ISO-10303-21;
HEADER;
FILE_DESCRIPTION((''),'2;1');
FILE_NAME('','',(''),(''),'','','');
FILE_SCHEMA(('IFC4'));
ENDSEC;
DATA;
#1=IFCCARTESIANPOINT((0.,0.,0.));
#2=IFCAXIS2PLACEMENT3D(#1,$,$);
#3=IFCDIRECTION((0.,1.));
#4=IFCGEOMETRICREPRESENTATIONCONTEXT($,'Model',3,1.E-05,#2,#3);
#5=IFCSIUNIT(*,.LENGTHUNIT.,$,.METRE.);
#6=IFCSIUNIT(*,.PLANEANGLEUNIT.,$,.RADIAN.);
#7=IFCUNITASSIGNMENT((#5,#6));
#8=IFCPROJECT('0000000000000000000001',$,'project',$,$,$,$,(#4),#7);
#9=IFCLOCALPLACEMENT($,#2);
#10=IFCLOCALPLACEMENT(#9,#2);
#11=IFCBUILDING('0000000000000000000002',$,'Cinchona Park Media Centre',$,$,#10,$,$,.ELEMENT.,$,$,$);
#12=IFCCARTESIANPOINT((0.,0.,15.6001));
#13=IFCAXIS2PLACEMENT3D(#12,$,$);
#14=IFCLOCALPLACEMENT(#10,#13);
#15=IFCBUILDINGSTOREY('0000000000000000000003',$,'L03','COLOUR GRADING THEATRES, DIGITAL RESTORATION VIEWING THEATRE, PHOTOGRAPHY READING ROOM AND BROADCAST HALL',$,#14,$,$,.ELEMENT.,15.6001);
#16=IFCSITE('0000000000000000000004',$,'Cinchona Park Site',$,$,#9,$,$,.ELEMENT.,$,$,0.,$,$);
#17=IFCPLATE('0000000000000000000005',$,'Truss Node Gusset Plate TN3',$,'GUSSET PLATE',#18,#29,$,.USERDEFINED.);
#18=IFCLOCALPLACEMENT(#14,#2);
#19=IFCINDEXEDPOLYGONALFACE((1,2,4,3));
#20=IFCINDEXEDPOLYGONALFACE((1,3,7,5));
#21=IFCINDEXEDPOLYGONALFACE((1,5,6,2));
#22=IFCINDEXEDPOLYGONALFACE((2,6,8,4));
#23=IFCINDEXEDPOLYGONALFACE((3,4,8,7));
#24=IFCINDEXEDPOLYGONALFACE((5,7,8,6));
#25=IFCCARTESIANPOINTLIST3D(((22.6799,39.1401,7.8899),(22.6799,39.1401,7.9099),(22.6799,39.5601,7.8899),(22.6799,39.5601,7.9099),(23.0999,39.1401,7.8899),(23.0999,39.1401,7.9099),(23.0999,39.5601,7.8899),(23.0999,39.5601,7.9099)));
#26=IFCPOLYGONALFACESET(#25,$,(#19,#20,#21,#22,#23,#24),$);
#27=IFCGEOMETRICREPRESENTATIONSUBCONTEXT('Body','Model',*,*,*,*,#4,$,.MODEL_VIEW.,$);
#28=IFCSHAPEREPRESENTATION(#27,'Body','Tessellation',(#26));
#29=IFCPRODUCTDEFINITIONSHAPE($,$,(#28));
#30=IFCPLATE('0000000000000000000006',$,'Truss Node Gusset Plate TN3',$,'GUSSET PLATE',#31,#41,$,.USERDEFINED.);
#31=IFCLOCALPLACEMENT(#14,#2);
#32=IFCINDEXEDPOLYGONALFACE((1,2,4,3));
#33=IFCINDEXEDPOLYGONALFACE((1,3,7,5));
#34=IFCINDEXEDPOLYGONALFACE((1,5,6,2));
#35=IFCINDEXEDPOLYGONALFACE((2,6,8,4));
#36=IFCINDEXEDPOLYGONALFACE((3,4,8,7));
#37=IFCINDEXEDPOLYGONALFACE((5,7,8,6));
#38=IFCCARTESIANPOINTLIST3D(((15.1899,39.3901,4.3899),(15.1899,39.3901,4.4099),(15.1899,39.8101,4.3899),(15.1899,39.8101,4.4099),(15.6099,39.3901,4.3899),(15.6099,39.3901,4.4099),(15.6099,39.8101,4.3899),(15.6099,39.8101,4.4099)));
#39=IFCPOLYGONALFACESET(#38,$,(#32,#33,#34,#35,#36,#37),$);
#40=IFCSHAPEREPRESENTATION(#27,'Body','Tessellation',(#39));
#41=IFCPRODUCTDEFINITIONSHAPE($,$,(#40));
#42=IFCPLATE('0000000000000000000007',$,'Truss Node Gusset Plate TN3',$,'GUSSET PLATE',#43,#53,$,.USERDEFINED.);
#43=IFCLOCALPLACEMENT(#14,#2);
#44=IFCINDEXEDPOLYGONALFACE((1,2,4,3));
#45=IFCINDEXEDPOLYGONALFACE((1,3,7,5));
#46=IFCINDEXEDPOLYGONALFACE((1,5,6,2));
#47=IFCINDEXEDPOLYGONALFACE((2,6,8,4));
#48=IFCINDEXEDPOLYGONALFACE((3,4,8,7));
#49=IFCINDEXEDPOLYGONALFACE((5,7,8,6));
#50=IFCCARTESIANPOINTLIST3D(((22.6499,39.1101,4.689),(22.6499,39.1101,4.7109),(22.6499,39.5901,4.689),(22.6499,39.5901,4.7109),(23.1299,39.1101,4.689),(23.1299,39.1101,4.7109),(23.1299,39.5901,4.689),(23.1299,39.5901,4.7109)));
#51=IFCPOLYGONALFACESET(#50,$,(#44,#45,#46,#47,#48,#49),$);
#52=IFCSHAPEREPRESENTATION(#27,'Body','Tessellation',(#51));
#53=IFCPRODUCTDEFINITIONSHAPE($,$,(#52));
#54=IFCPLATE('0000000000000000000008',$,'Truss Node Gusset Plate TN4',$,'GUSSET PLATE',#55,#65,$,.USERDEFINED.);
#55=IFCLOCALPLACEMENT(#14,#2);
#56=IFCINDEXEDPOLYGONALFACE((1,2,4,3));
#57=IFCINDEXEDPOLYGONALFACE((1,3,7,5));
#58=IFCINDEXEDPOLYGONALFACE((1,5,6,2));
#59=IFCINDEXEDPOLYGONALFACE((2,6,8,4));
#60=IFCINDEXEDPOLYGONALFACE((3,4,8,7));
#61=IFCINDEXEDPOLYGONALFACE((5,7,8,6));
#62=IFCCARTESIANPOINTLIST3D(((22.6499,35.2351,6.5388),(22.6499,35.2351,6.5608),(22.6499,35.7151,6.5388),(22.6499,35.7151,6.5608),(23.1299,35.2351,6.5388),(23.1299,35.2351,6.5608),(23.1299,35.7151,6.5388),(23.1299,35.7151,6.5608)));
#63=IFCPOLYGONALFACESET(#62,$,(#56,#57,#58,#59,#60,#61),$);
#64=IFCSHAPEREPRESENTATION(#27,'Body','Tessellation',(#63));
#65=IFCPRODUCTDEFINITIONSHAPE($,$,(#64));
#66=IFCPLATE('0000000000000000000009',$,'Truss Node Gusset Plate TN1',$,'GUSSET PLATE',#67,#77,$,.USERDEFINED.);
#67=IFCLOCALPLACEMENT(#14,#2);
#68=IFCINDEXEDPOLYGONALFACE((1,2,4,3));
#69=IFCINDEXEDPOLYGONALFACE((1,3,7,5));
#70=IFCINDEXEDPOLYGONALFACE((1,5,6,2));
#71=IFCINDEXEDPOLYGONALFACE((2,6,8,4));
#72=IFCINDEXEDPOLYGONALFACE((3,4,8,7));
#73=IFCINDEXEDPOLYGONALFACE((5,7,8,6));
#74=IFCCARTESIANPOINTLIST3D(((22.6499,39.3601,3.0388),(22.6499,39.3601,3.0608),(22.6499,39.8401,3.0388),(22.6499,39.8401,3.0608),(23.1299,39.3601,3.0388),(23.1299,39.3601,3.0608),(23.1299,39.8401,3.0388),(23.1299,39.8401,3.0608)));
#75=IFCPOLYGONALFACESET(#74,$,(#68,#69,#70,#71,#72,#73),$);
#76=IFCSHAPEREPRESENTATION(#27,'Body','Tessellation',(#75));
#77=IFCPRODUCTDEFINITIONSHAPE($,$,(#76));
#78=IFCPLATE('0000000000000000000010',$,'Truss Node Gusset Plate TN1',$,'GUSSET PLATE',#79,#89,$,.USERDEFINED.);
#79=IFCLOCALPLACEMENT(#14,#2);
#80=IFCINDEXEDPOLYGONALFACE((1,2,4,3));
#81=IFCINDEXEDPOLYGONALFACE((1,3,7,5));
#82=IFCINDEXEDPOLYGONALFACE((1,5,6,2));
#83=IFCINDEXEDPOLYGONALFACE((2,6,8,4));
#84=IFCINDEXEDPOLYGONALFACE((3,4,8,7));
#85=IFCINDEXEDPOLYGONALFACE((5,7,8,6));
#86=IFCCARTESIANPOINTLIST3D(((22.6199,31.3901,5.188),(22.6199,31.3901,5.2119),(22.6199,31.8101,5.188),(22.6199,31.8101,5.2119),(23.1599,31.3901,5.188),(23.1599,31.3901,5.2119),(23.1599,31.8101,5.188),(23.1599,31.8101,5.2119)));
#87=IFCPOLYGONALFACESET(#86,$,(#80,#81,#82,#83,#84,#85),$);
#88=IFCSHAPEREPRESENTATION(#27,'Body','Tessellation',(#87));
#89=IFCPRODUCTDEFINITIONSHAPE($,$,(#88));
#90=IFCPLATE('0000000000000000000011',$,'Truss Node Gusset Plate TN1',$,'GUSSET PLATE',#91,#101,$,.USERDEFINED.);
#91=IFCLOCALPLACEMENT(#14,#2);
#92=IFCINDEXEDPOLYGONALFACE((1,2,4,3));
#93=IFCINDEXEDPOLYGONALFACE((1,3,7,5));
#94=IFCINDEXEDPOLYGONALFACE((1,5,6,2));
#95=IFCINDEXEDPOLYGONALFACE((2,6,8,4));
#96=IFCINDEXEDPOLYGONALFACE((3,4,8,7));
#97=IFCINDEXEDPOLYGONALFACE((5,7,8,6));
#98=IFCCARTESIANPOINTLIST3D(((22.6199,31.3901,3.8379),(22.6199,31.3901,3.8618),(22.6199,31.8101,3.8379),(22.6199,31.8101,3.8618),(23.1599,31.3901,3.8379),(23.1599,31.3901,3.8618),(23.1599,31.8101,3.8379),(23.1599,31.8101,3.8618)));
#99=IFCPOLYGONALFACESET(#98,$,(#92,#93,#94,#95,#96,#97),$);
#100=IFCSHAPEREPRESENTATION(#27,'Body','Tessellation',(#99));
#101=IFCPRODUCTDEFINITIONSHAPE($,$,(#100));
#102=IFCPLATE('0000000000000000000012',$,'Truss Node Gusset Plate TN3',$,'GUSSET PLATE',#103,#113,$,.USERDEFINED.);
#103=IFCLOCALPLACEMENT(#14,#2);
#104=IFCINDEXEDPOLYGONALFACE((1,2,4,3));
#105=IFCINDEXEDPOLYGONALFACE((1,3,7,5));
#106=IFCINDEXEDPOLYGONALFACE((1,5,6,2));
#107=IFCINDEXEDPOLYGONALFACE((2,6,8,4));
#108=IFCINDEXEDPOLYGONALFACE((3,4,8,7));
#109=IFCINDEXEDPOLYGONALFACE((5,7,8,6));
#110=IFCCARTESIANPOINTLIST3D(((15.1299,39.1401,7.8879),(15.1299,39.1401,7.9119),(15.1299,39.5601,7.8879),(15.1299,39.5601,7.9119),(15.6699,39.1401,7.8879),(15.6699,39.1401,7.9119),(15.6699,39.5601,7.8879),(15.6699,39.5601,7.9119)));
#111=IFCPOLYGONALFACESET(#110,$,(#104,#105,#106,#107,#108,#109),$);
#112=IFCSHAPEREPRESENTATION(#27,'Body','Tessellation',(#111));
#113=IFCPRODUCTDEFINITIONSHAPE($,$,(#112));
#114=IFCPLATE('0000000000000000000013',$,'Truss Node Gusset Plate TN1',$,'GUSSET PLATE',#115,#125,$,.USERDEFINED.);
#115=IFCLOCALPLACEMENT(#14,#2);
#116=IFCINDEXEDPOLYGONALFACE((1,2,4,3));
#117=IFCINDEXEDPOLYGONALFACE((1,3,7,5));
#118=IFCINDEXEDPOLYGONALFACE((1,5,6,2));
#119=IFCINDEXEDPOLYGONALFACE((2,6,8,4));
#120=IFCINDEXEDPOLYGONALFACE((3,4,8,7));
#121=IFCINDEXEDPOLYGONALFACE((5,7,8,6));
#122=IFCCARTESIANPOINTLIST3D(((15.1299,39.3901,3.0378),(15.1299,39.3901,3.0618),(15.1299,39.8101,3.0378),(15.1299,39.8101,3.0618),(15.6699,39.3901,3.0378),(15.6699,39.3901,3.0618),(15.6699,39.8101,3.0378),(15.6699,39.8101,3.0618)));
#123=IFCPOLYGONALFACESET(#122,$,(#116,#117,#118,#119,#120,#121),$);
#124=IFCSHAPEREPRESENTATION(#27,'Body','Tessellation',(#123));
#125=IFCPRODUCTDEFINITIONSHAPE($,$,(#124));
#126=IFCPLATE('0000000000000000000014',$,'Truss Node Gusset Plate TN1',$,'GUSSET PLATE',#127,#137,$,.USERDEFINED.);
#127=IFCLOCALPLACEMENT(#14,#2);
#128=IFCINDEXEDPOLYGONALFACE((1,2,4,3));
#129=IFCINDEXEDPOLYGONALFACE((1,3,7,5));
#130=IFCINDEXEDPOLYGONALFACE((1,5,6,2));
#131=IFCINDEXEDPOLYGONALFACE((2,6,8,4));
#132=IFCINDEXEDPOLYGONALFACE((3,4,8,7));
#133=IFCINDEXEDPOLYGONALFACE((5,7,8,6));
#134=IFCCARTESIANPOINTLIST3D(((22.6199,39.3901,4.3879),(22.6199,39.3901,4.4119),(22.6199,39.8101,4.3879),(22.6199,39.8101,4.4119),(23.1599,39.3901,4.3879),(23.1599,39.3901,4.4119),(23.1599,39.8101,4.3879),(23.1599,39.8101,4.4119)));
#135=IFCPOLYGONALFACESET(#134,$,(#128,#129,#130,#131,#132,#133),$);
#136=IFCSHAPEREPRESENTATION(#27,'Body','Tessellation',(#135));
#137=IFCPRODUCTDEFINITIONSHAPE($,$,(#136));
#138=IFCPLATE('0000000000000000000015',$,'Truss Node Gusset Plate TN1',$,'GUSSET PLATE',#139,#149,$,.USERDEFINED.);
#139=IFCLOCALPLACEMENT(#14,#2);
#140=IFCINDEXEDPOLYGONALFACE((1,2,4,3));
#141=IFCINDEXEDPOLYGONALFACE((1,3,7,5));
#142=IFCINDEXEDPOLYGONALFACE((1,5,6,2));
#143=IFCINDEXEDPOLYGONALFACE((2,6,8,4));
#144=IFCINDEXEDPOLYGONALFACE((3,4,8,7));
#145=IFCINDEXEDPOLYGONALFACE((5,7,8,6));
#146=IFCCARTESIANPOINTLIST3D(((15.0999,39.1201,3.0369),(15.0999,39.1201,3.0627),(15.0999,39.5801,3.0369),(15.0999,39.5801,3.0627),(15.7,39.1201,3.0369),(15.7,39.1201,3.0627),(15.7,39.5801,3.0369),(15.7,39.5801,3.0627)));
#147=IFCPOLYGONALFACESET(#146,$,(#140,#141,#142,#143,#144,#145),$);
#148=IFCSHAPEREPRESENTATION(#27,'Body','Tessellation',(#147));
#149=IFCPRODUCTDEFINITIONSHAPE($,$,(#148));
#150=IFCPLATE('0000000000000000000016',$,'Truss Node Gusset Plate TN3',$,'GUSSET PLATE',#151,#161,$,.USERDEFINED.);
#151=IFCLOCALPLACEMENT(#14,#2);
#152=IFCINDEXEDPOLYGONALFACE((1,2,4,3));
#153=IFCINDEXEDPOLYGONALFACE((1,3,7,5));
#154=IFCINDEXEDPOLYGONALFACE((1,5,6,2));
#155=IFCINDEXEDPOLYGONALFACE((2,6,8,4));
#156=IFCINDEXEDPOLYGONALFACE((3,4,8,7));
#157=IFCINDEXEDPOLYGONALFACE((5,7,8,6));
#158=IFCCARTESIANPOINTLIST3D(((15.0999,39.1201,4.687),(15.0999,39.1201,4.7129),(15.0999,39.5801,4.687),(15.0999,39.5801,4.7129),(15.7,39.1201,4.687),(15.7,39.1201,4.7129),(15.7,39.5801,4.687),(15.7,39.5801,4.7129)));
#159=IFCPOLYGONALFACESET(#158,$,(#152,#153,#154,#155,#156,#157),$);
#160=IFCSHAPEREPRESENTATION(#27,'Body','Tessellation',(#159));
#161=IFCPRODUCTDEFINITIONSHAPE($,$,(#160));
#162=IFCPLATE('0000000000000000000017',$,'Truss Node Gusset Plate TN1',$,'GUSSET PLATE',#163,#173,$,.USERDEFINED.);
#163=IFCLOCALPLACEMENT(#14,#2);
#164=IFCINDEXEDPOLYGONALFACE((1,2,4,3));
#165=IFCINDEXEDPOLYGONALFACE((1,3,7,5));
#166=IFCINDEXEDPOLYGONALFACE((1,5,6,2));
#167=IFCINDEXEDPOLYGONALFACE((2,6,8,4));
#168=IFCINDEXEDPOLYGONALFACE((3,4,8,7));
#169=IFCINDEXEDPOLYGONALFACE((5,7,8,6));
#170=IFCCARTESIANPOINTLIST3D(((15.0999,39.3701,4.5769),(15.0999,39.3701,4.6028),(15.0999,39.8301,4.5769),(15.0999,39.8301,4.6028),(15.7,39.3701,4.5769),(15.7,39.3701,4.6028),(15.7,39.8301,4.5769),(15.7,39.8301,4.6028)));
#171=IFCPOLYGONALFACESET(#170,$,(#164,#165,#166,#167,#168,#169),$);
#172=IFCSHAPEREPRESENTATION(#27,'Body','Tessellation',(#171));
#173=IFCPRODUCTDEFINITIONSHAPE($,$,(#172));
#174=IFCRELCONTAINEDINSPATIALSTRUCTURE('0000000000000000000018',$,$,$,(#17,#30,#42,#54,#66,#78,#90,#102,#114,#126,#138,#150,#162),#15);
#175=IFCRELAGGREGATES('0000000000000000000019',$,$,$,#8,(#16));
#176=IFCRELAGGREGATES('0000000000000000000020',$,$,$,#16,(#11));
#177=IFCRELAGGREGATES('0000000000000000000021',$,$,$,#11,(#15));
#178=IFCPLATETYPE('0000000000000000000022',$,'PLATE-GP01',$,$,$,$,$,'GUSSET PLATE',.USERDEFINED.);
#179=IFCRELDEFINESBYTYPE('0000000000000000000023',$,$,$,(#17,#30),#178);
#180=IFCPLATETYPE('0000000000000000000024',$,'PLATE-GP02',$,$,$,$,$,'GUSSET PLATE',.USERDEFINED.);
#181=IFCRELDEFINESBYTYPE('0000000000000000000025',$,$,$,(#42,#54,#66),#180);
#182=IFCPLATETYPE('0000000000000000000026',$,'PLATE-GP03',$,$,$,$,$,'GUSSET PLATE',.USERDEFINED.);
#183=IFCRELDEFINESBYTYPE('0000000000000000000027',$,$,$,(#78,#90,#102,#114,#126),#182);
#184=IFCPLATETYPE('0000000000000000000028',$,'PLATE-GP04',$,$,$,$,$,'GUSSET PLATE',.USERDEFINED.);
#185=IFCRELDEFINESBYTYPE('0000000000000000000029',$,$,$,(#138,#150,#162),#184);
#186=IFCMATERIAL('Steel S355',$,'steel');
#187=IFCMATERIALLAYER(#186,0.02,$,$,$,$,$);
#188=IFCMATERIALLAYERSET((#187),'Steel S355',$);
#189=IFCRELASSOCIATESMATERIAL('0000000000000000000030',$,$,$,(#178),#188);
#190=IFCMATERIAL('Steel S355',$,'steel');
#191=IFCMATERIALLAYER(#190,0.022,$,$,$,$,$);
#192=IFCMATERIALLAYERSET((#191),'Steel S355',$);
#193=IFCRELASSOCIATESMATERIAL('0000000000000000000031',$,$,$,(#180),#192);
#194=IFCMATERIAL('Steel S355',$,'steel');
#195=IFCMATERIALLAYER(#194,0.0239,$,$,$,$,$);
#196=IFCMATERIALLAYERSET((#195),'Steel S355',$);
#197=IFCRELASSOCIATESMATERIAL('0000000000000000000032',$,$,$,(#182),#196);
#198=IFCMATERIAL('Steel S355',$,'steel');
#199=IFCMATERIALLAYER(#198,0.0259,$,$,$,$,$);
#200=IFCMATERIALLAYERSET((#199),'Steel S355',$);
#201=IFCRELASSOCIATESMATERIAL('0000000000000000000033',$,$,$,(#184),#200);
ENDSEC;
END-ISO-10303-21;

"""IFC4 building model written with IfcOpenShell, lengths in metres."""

from ifc_helpers import new_model, si_unit, direction, frame, origin, origin_2d, place, context, subcontext, project, spatial, rectangle, extrude, material, layer, layer_set, type_object, element, save


model = new_model("IFC4")

# Units and contexts
model_context = context("Model", 3, precision=1e-05, world=origin(), true_north=direction((0.0, 1.0)))
body_context = subcontext(model_context, "Body", "Model", "MODEL_VIEW")
ifc_project = project(units=[si_unit("LENGTHUNIT", "METRE"), si_unit("PLANEANGLEUNIT", "RADIAN")], contexts=[model_context])

# Site, building, storey
site_placement = place(None, origin())
site = spatial("IfcSite", under=ifc_project, at=site_placement, Name="Cinchona Park Site", CompositionType="ELEMENT", RefElevation=0.0)
building_placement = place(site_placement, origin())
building = spatial("IfcBuilding", under=site, at=building_placement, Name="Cinchona Park Media Centre", CompositionType="ELEMENT")
storey_placement = place(building_placement, frame((0.0, 0.0, 15.6001)))
storey = spatial("IfcBuildingStorey", under=building, at=storey_placement, Name="L03", Description="COLOUR GRADING THEATRES, DIGITAL RESTORATION VIEWING THEATRE, PHOTOGRAPHY READING ROOM AND BROADCAST HALL", CompositionType="ELEMENT", Elevation=15.6001)

# Plates
ifc_material_1 = material(Name="Steel S355", Category="steel")
ifc_layer_1 = layer(ifc_material_1, 0.02)
ifc_layer_set_1 = layer_set([ifc_layer_1], Name="Steel S355")
plate_type_1 = type_object("IfcPlateType", Name="PLATE-GP01", ElementType="GUSSET PLATE", PredefinedType="USERDEFINED", material=ifc_layer_set_1)
for number, where, z_axis, x_axis, name in (
    (1, (22.8899, 39.3501, 7.8899), (0.0, 0.0, 1.0), (1.0, 0.0, 0.0), "Truss Node Gusset Plate TN3"),
    (2, (15.3999, 39.6001, 4.3899), (0.0, 0.0, 1.0), (1.0, 0.0, 0.0), "Truss Node Gusset Plate TN3"),
):
    element("IfcPlate", number, at=place(storey_placement, frame(where, z_axis=z_axis, x_axis=x_axis)), inside=storey, type_object=plate_type_1, Name=name, ObjectType="GUSSET PLATE", PredefinedType="USERDEFINED", context=body_context, shape_type="SweptSolid", body=[
        extrude(rectangle(XDim=0.4199, YDim=0.4199, at=origin_2d()), origin(), (0.0, 0.0, 1.0), 0.02),
    ])
ifc_material_2 = material(Name="Steel S355", Category="steel")
ifc_layer_2 = layer(ifc_material_2, 0.022)
ifc_layer_set_2 = layer_set([ifc_layer_2], Name="Steel S355")
plate_type_2 = type_object("IfcPlateType", Name="PLATE-GP02", ElementType="GUSSET PLATE", PredefinedType="USERDEFINED", material=ifc_layer_set_2)
for number, where, z_axis, x_axis, name in (
    (3, (22.8899, 39.3501, 4.689), (0.0, 0.0, 1.0), (1.0, 0.0, 0.0), "Truss Node Gusset Plate TN3"),
    (4, (22.8899, 35.4751, 6.5388), (0.0, 0.0, 1.0), (1.0, 0.0, 0.0), "Truss Node Gusset Plate TN4"),
    (5, (22.8899, 39.6001, 3.0388), (0.0, 0.0, 1.0), (1.0, 0.0, 0.0), "Truss Node Gusset Plate TN1"),
):
    element("IfcPlate", number, at=place(storey_placement, frame(where, z_axis=z_axis, x_axis=x_axis)), inside=storey, type_object=plate_type_2, Name=name, ObjectType="GUSSET PLATE", PredefinedType="USERDEFINED", context=body_context, shape_type="SweptSolid", body=[
        extrude(rectangle(XDim=0.48, YDim=0.48, at=origin_2d()), origin(), (0.0, 0.0, 1.0), 0.022),
    ])
ifc_material_3 = material(Name="Steel S355", Category="steel")
ifc_layer_3 = layer(ifc_material_3, 0.0239)
ifc_layer_set_3 = layer_set([ifc_layer_3], Name="Steel S355")
plate_type_3 = type_object("IfcPlateType", Name="PLATE-GP03", ElementType="GUSSET PLATE", PredefinedType="USERDEFINED", material=ifc_layer_set_3)
for number, where, z_axis, x_axis, name in (
    (6, (22.8899, 31.6001, 5.188), (0.0, 0.0, 1.0), (1.0, 0.0, 0.0), "Truss Node Gusset Plate TN1"),
    (7, (22.8899, 31.6001, 3.8379), (0.0, 0.0, 1.0), (1.0, 0.0, 0.0), "Truss Node Gusset Plate TN1"),
    (8, (15.3999, 39.3501, 7.8879), (0.0, 0.0, 1.0), (1.0, 0.0, 0.0), "Truss Node Gusset Plate TN3"),
    (9, (15.3999, 39.6001, 3.0378), (0.0, 0.0, 1.0), (1.0, 0.0, 0.0), "Truss Node Gusset Plate TN1"),
    (10, (22.8899, 39.6001, 4.3879), (0.0, 0.0, 1.0), (1.0, 0.0, 0.0), "Truss Node Gusset Plate TN1"),
):
    element("IfcPlate", number, at=place(storey_placement, frame(where, z_axis=z_axis, x_axis=x_axis)), inside=storey, type_object=plate_type_3, Name=name, ObjectType="GUSSET PLATE", PredefinedType="USERDEFINED", context=body_context, shape_type="SweptSolid", body=[
        extrude(rectangle(XDim=0.54, YDim=0.4199, at=origin_2d()), origin(), (0.0, 0.0, 1.0), 0.0239),
    ])
ifc_material_4 = material(Name="Steel S355", Category="steel")
ifc_layer_4 = layer(ifc_material_4, 0.0259)
ifc_layer_set_4 = layer_set([ifc_layer_4], Name="Steel S355")
plate_type_4 = type_object("IfcPlateType", Name="PLATE-GP04", ElementType="GUSSET PLATE", PredefinedType="USERDEFINED", material=ifc_layer_set_4)
for number, where, z_axis, x_axis, name in (
    (11, (15.3999, 39.3501, 3.0369), (0.0, 0.0, 1.0), (1.0, 0.0, 0.0), "Truss Node Gusset Plate TN1"),
    (12, (15.3999, 39.3501, 4.687), (0.0, 0.0, 1.0), (1.0, 0.0, 0.0), "Truss Node Gusset Plate TN3"),
    (13, (15.3999, 39.6001, 4.5769), (0.0, 0.0, 1.0), (1.0, 0.0, 0.0), "Truss Node Gusset Plate TN1"),
):
    element("IfcPlate", number, at=place(storey_placement, frame(where, z_axis=z_axis, x_axis=x_axis)), inside=storey, type_object=plate_type_4, Name=name, ObjectType="GUSSET PLATE", PredefinedType="USERDEFINED", context=body_context, shape_type="SweptSolid", body=[
        extrude(rectangle(XDim=0.6001, YDim=0.46, at=origin_2d()), origin(), (0.0, 0.0, 1.0), 0.0259),
    ])

save(model, "model.ifc")
